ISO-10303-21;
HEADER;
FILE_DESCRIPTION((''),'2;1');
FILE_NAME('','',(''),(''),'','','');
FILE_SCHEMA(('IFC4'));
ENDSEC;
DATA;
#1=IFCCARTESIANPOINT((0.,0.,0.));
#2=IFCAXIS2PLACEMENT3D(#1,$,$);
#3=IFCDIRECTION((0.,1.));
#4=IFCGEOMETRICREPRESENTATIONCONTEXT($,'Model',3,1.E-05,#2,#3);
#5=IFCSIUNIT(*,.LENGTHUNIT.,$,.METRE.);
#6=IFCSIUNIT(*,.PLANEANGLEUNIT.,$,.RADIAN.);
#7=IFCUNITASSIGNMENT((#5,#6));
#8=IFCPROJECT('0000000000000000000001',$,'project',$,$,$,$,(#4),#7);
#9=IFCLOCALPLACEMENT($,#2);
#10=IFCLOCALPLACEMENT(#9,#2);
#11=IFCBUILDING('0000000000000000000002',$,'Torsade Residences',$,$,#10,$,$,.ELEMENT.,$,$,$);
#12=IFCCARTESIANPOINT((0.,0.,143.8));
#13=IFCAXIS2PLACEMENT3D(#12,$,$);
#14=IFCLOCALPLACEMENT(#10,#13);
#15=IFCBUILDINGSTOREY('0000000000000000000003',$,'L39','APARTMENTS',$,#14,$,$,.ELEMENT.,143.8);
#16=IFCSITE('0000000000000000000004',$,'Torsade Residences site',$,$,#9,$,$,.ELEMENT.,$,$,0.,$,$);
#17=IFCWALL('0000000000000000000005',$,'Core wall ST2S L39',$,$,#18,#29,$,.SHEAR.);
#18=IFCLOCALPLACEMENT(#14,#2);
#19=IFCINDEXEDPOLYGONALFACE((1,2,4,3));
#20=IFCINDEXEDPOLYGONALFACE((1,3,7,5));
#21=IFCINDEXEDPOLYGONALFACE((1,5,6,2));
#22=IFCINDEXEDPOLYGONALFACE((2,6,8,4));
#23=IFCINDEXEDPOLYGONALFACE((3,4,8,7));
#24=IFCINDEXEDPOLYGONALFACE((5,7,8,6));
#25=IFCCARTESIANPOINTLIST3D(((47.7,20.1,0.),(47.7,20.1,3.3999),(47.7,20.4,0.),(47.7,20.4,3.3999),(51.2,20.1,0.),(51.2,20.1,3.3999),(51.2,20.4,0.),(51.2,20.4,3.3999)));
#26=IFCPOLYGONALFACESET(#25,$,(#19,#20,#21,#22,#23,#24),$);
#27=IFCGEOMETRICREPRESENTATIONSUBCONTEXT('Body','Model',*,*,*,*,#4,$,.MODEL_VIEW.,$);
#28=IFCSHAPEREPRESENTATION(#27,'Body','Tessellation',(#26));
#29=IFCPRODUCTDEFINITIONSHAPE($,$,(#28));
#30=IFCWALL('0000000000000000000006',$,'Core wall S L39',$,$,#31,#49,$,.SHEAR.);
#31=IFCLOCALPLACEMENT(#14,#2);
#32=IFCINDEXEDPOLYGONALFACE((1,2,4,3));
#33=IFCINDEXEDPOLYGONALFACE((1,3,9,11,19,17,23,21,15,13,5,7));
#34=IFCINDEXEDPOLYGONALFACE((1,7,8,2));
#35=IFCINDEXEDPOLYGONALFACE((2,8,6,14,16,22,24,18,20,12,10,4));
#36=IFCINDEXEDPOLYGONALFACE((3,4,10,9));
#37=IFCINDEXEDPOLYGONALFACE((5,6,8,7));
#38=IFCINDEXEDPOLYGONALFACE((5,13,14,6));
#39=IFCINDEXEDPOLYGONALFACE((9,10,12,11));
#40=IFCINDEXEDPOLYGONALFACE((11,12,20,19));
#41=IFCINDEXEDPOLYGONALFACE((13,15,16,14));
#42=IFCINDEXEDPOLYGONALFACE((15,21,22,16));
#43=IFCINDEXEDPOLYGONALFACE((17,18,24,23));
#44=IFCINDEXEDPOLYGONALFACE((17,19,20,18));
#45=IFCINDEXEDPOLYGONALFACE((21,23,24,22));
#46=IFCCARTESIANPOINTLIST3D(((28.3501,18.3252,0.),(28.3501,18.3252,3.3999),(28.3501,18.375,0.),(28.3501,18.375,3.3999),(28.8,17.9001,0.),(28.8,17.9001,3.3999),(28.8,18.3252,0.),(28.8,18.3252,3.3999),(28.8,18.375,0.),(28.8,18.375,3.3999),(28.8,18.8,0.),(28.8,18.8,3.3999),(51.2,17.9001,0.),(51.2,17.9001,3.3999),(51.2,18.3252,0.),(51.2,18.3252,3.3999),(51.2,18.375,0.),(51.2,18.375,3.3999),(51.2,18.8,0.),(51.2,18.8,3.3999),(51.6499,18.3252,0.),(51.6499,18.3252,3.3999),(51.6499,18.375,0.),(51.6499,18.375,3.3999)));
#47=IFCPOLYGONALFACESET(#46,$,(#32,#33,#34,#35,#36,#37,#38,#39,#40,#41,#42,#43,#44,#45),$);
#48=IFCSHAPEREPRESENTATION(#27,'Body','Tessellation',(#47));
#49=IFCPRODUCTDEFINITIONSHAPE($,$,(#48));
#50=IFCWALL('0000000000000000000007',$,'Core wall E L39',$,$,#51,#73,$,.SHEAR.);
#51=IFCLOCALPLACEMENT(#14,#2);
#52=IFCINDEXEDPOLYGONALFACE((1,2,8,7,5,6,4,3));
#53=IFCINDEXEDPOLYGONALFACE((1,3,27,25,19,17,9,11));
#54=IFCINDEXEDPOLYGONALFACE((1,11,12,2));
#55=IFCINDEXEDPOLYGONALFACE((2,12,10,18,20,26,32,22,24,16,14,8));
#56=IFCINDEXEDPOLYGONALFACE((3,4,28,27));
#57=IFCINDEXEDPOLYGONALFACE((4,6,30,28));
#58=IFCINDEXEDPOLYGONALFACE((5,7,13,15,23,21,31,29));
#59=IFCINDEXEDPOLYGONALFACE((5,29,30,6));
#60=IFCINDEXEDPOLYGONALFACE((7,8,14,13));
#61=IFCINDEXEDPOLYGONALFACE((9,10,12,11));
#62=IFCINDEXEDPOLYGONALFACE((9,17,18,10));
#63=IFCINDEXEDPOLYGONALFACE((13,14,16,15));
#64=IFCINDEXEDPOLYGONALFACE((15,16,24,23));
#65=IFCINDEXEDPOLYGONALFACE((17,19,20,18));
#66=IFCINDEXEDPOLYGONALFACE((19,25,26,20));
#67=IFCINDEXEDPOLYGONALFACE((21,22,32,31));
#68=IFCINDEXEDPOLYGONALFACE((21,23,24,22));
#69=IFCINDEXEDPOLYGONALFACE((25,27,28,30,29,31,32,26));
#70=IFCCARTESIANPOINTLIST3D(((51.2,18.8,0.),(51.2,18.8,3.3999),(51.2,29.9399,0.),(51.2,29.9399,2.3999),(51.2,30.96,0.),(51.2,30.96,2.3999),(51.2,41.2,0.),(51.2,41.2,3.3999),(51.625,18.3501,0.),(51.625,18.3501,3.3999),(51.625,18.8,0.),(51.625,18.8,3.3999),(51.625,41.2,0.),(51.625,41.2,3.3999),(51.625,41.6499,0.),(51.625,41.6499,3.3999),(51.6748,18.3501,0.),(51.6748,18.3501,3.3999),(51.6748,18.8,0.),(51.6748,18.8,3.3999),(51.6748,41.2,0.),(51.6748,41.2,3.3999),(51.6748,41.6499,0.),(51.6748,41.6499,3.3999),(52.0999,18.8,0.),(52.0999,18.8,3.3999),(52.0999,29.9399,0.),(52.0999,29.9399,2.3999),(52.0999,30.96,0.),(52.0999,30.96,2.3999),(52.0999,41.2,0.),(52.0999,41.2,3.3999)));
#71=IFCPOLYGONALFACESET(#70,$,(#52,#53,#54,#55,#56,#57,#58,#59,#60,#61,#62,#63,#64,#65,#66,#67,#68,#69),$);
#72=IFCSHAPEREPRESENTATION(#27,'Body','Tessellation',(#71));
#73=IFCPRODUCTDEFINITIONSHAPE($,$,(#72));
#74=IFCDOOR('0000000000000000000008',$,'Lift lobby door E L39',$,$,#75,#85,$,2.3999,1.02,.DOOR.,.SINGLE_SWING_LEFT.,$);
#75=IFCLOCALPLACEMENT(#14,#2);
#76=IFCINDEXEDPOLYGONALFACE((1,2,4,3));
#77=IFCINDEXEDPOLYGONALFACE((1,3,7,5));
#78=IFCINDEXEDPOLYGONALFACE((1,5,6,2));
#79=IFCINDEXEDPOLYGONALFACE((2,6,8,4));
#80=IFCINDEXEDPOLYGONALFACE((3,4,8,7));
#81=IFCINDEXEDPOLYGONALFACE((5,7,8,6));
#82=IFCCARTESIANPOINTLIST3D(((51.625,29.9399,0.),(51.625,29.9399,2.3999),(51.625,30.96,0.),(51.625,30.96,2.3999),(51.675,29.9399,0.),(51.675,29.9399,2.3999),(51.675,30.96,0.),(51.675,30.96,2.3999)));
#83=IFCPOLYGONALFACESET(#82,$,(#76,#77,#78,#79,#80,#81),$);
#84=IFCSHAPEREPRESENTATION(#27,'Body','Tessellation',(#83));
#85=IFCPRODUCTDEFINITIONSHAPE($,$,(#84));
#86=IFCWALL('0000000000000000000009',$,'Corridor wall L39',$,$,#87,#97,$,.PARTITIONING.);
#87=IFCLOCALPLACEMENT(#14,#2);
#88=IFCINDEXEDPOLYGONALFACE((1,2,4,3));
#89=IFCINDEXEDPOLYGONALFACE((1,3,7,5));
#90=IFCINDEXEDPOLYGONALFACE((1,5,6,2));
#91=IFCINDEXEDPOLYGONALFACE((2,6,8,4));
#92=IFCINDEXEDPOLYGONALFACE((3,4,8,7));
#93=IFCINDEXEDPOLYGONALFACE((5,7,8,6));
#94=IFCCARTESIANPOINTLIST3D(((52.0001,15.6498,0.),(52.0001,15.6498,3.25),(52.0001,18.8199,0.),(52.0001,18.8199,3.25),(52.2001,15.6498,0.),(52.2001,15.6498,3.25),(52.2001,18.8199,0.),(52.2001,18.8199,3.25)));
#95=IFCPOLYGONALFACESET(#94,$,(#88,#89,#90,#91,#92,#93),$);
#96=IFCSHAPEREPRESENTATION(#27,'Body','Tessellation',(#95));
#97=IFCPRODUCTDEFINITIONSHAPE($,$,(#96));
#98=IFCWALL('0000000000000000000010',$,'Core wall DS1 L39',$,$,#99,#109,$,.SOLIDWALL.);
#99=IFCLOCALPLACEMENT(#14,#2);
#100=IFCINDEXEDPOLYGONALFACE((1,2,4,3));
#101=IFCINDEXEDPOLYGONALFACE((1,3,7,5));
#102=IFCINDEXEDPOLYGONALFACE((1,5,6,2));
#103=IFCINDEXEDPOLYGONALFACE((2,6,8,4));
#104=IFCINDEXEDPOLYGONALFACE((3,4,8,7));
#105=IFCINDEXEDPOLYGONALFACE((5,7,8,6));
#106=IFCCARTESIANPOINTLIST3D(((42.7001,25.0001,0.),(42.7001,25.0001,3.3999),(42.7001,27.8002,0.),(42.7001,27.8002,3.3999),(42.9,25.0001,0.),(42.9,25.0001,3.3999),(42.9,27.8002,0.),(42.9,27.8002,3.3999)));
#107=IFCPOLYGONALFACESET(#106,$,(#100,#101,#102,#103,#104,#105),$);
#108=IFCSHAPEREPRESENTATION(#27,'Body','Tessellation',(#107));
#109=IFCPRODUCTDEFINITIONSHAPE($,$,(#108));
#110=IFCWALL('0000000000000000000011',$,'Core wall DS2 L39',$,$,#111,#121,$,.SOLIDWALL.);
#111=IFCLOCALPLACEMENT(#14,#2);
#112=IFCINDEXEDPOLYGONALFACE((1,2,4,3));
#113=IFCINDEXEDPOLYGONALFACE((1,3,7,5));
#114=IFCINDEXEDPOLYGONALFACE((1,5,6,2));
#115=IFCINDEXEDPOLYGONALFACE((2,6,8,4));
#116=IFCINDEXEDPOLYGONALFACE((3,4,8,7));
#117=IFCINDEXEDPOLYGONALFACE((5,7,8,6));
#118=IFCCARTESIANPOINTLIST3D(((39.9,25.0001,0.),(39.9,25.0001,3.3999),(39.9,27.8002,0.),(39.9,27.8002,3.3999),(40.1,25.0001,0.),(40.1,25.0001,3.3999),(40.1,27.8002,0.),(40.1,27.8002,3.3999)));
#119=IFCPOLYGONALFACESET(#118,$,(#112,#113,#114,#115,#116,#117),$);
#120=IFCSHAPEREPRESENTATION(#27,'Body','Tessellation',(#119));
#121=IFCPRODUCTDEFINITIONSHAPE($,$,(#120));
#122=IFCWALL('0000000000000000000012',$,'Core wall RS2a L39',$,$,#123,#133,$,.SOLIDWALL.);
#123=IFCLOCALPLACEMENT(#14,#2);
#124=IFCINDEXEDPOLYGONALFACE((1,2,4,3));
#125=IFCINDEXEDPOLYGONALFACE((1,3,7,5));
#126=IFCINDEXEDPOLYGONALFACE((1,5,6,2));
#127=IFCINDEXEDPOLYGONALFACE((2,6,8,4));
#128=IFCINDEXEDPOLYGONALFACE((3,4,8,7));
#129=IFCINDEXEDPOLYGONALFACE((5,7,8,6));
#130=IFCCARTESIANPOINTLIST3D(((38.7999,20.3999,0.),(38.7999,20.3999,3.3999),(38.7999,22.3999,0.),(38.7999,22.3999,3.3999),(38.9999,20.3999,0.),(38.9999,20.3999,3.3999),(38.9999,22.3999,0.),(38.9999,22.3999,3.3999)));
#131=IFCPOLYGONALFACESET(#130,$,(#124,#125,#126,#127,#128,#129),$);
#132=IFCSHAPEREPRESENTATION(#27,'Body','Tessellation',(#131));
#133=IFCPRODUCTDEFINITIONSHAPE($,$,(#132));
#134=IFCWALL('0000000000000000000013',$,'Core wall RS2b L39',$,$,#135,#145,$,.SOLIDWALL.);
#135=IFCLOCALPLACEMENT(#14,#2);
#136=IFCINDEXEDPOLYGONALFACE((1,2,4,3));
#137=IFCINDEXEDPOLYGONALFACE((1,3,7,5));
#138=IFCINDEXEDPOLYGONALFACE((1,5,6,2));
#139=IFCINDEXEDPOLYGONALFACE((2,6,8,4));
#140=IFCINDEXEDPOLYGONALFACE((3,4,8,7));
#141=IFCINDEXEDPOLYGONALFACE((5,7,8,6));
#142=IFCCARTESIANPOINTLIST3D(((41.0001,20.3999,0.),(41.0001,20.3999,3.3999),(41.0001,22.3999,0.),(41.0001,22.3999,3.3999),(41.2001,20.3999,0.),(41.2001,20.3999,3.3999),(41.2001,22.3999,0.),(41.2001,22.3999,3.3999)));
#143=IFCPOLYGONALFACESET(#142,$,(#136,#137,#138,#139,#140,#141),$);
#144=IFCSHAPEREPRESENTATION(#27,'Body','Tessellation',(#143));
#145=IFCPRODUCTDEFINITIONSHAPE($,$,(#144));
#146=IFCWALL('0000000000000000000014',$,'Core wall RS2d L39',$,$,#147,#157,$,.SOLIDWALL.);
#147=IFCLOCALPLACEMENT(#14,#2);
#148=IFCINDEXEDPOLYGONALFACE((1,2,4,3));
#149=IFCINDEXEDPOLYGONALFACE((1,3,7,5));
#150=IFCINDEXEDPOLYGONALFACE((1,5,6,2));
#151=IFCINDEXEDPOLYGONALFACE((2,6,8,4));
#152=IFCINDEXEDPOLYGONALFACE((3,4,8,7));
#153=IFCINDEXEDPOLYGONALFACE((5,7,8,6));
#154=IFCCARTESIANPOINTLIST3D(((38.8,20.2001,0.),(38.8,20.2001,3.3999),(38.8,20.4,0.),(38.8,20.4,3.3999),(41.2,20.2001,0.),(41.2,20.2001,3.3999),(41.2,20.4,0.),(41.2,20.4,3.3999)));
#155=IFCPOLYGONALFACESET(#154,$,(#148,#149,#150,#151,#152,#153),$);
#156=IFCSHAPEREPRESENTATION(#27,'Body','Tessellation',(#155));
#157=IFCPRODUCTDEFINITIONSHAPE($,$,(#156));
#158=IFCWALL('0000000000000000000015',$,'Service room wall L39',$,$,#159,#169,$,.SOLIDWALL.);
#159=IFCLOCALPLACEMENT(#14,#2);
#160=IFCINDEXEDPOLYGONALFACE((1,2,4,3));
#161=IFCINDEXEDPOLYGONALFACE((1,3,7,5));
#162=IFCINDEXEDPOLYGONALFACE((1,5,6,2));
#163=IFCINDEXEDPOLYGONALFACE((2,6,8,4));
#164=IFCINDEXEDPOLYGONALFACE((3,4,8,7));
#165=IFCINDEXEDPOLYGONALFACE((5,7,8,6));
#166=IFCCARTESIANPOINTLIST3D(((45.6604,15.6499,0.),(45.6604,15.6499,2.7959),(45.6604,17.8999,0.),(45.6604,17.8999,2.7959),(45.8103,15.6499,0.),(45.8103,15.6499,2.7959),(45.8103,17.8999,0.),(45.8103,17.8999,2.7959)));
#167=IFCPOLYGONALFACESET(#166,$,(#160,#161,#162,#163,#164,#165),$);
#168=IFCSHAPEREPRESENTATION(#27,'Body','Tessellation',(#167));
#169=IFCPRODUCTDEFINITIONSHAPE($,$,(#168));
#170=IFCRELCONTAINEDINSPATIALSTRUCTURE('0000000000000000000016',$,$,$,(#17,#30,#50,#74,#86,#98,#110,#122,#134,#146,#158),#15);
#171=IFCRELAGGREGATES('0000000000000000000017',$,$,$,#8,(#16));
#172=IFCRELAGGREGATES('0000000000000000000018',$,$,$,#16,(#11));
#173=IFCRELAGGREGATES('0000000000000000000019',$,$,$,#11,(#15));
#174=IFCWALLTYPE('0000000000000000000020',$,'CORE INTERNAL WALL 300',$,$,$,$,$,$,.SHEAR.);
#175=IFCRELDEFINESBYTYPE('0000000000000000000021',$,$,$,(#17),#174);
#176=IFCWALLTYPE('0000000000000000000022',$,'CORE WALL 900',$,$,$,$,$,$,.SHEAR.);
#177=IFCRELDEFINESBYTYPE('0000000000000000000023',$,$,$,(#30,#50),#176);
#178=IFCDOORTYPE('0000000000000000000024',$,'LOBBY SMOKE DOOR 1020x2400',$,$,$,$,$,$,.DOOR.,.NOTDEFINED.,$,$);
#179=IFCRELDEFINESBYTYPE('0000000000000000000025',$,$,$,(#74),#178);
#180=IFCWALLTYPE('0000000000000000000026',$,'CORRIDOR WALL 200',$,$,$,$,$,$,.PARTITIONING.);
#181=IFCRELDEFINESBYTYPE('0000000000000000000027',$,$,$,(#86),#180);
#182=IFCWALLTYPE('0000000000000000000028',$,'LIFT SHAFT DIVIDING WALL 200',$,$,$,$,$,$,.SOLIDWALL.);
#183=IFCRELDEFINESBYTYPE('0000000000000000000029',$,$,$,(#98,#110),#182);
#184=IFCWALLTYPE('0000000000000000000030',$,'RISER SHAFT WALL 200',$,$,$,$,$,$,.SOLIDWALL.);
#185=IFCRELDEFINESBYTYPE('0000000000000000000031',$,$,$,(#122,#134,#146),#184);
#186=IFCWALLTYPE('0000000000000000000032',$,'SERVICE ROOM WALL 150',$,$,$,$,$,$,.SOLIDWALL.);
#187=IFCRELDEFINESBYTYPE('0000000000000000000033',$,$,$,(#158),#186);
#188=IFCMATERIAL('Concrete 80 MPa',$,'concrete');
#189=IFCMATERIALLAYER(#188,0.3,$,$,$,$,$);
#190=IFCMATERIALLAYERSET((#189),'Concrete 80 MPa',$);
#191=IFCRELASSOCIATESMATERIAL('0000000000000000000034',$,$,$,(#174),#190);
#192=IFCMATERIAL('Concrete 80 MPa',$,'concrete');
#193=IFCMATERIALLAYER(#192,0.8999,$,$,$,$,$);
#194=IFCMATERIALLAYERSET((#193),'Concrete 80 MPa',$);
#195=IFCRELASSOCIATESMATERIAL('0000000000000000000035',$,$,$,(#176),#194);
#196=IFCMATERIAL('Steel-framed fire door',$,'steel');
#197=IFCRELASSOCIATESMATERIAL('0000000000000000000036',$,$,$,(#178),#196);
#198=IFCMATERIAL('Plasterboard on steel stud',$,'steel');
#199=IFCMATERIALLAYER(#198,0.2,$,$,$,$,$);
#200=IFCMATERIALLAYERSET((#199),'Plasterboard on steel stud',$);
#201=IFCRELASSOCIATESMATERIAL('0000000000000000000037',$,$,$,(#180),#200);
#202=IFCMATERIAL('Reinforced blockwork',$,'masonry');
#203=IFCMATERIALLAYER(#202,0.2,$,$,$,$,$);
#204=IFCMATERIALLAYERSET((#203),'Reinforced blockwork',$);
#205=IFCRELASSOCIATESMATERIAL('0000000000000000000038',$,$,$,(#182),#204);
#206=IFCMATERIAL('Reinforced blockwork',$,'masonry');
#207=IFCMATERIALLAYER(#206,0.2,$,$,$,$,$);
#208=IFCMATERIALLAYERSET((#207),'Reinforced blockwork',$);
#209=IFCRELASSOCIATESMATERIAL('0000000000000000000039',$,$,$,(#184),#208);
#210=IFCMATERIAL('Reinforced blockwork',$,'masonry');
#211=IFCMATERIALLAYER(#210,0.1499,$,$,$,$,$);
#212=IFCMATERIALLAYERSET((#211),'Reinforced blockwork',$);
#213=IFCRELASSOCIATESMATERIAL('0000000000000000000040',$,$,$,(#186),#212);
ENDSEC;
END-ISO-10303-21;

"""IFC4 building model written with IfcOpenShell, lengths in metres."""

from ifc_helpers import new_model, si_unit, direction, frame, frame_2d, origin, place, context, subcontext, project, spatial, polyline, rectangle, outline, extrude, material, layer, layer_set, type_object, element, fill, save


model = new_model("IFC4")

# Units and contexts
model_context = context("Model", 3, precision=1e-05, world=origin(), true_north=direction((0.0, 1.0)))
body_context = subcontext(model_context, "Body", "Model", "MODEL_VIEW")
ifc_project = project(units=[si_unit("LENGTHUNIT", "METRE"), si_unit("PLANEANGLEUNIT", "RADIAN")], contexts=[model_context])

# Site, building, storey
site_placement = place(None, origin())
site = spatial("IfcSite", under=ifc_project, at=site_placement, Name="Torsade Residences site", CompositionType="ELEMENT", RefElevation=0.0)
building_placement = place(site_placement, origin())
building = spatial("IfcBuilding", under=site, at=building_placement, Name="Torsade Residences", CompositionType="ELEMENT")
storey_placement = place(building_placement, frame((0.0, 0.0, 143.8)))
storey = spatial("IfcBuildingStorey", under=building, at=storey_placement, Name="L39", Description="APARTMENTS", CompositionType="ELEMENT", Elevation=143.8)

# Shared definitions
ifc_material_1 = material(Name="Concrete 80 MPa", Category="concrete")
ifc_layer_1 = layer(ifc_material_1, 0.3)
ifc_layer_set_1 = layer_set([ifc_layer_1], Name="Concrete 80 MPa")
wall_type_1 = type_object("IfcWallType", Name="CORE INTERNAL WALL 300", PredefinedType="SHEAR", material=ifc_layer_set_1)

# Walls
wall_1_placement = place(storey_placement, frame((51.2, 20.25, 0.0), z_axis=(0.0, 0.0, 1.0), x_axis=(-1.0, 0.0, 0.0)))
element("IfcWall", 1, at=wall_1_placement, inside=storey, type_object=wall_type_1, Name="Core wall ST2S L39", PredefinedType="SHEAR", context=body_context, shape_type="SweptSolid", body=[
    extrude(rectangle(XDim=3.5, YDim=0.3, at=frame_2d((1.75, 0.0))), origin(), (0.0, 0.0, 1.0), 3.3999),
])
ifc_material_2 = material(Name="Concrete 80 MPa", Category="concrete")
ifc_layer_2 = layer(ifc_material_2, 0.8999)
ifc_layer_set_2 = layer_set([ifc_layer_2], Name="Concrete 80 MPa")
wall_type_2 = type_object("IfcWallType", Name="CORE WALL 900", PredefinedType="SHEAR", material=ifc_layer_set_2)
wall_2_placement = place(storey_placement, frame((51.2, 18.3501, 0.0), z_axis=(0.0, 0.0, 1.0), x_axis=(-1.0, 0.0, 0.0)))
element("IfcWall", 2, at=wall_2_placement, inside=storey, type_object=wall_type_2, Name="Core wall S L39", PredefinedType="SHEAR", context=body_context, shape_type="SweptSolid", body=[
    extrude(outline(polyline([(0.0, -0.45), (22.3999, -0.45), (22.3999, -0.0249), (22.8499, -0.0249), (22.8499, 0.0249), (22.3999, 0.0249), (22.3999, 0.45), (0.0, 0.45), (0.0, 0.0249), (-0.45, 0.0249), (-0.45, -0.0249), (0.0, -0.0249), (0.0, -0.45)])), origin(), (0.0, 0.0, 1.0), 3.3999),
])

# Wall, opening, door
wall_3_placement = place(storey_placement, frame((51.6499, 18.8, 0.0), z_axis=(0.0, 0.0, 1.0), x_axis=(0.0, 1.0, 0.0)))
wall_3 = element("IfcWall", 3, at=wall_3_placement, inside=storey, type_object=wall_type_2, Name="Core wall E L39", PredefinedType="SHEAR", context=body_context, shape_type="SweptSolid", body=[
    extrude(outline(polyline([(0.0, -0.45), (22.3999, -0.45), (22.3999, -0.0249), (22.8499, -0.0249), (22.8499, 0.0249), (22.3999, 0.0249), (22.3999, 0.45), (0.0, 0.45), (0.0, 0.0249), (-0.45, 0.0249), (-0.45, -0.0249), (0.0, -0.0249), (0.0, -0.45)])), origin(), (0.0, 0.0, 1.0), 3.3999),
])
opening_1_placement = place(wall_3_placement, frame((11.1399, 0.0, 0.0)))
opening_1 = element("IfcOpeningElement", 4, at=opening_1_placement, cuts=wall_3, PredefinedType="OPENING", context=body_context, shape_type="SweptSolid", body=[
    extrude(rectangle(XDim=1.02, YDim=2.3999, at=frame_2d((0.51, 1.2))), frame((0.0, 0.46, 0.0), z_axis=(0.0, -1.0, 0.0), x_axis=(1.0, 0.0, 0.0)), (0.0, 0.0, 1.0), 0.9199),
])
ifc_material_3 = material(Name="Steel-framed fire door", Category="steel")
door_type_1 = type_object("IfcDoorType", Name="LOBBY SMOKE DOOR 1020x2400", OperationType="NOTDEFINED", PredefinedType="DOOR", material=ifc_material_3)
door_1_placement = place(opening_1_placement, origin())
door_1 = element("IfcDoor", 5, at=door_1_placement, inside=storey, type_object=door_type_1, Name="Lift lobby door E L39", OperationType="SINGLE_SWING_LEFT", OverallHeight=2.3999, OverallWidth=1.02, PredefinedType="DOOR", context=body_context, shape_type="SweptSolid", body=[
    extrude(rectangle(XDim=1.02, YDim=2.3999, at=frame_2d((0.51, 1.2))), frame((0.0, 0.0249, 0.0), z_axis=(0.0, -1.0, 0.0), x_axis=(1.0, 0.0, 0.0)), (0.0, 0.0, 1.0), 0.05),
])
fill(opening_1, door_1)

# Walls
ifc_material_4 = material(Name="Plasterboard on steel stud", Category="steel")
ifc_layer_3 = layer(ifc_material_4, 0.2)
ifc_layer_set_3 = layer_set([ifc_layer_3], Name="Plasterboard on steel stud")
wall_type_3 = type_object("IfcWallType", Name="CORRIDOR WALL 200", PredefinedType="PARTITIONING", material=ifc_layer_set_3)
wall_4_placement = place(storey_placement, frame((52.1001, 15.6499, 0.0), z_axis=(0.0, 0.0, 1.0), x_axis=(0.0, 1.0, 0.0)))
element("IfcWall", 6, at=wall_4_placement, inside=storey, type_object=wall_type_3, Name="Corridor wall L39", PredefinedType="PARTITIONING", context=body_context, shape_type="SweptSolid", body=[
    extrude(rectangle(XDim=3.1702, YDim=0.2, at=frame_2d((1.585, 0.0))), origin(), (0.0, 0.0, 1.0), 3.25),
])
ifc_material_5 = material(Name="Reinforced blockwork", Category="masonry")
ifc_layer_4 = layer(ifc_material_5, 0.2)
ifc_layer_set_4 = layer_set([ifc_layer_4], Name="Reinforced blockwork")
wall_type_4 = type_object("IfcWallType", Name="LIFT SHAFT DIVIDING WALL 200", PredefinedType="SOLIDWALL", material=ifc_layer_set_4)
for number, where, z_axis, x_axis, name in (
    (7, (42.8, 27.8, 0.0), (0.0, 0.0, 1.0), (0.0, -1.0, 0.0), "Core wall DS1 L39"),
    (8, (40.0, 27.8, 0.0), (0.0, 0.0, 1.0), (0.0, -1.0, 0.0), "Core wall DS2 L39"),
):
    element("IfcWall", number, at=place(storey_placement, frame(where, z_axis=z_axis, x_axis=x_axis)), inside=storey, type_object=wall_type_4, Name=name, PredefinedType="SOLIDWALL", context=body_context, shape_type="SweptSolid", body=[
        extrude(rectangle(XDim=2.8, YDim=0.2, at=frame_2d((1.3999, 0.0))), origin(), (0.0, 0.0, 1.0), 3.3999),
    ])
ifc_material_6 = material(Name="Reinforced blockwork", Category="masonry")
ifc_layer_5 = layer(ifc_material_6, 0.2)
ifc_layer_set_5 = layer_set([ifc_layer_5], Name="Reinforced blockwork")
wall_type_5 = type_object("IfcWallType", Name="RISER SHAFT WALL 200", PredefinedType="SOLIDWALL", material=ifc_layer_set_5)
for number, where, z_axis, x_axis, name in (
    (9, (38.8999, 22.3999, 0.0), (0.0, 0.0, 1.0), (0.0, -1.0, 0.0), "Core wall RS2a L39"),
    (10, (41.1001, 22.3999, 0.0), (0.0, 0.0, 1.0), (0.0, -1.0, 0.0), "Core wall RS2b L39"),
):
    element("IfcWall", number, at=place(storey_placement, frame(where, z_axis=z_axis, x_axis=x_axis)), inside=storey, type_object=wall_type_5, Name=name, PredefinedType="SOLIDWALL", context=body_context, shape_type="SweptSolid", body=[
        extrude(rectangle(XDim=2.0, YDim=0.2, at=frame_2d((1.0, 0.0))), origin(), (0.0, 0.0, 1.0), 3.3999),
    ])
wall_5_placement = place(storey_placement, frame((38.8, 20.3, 0.0), z_axis=(0.0, 0.0, 1.0), x_axis=(1.0, 0.0, 0.0)))
element("IfcWall", 11, at=wall_5_placement, inside=storey, type_object=wall_type_5, Name="Core wall RS2d L39", PredefinedType="SOLIDWALL", context=body_context, shape_type="SweptSolid", body=[
    extrude(rectangle(XDim=2.3999, YDim=0.2, at=frame_2d((1.2, 0.0))), origin(), (0.0, 0.0, 1.0), 3.3999),
])
ifc_material_7 = material(Name="Reinforced blockwork", Category="masonry")
ifc_layer_6 = layer(ifc_material_7, 0.1499)
ifc_layer_set_6 = layer_set([ifc_layer_6], Name="Reinforced blockwork")
wall_type_6 = type_object("IfcWallType", Name="SERVICE ROOM WALL 150", PredefinedType="SOLIDWALL", material=ifc_layer_set_6)
wall_6_placement = place(storey_placement, frame((45.7354, 15.6499, 0.0), z_axis=(0.0, 0.0, 1.0), x_axis=(0.0, 1.0, 0.0)))
element("IfcWall", 12, at=wall_6_placement, inside=storey, type_object=wall_type_6, Name="Service room wall L39", PredefinedType="SOLIDWALL", context=body_context, shape_type="SweptSolid", body=[
    extrude(rectangle(XDim=2.25, YDim=0.1499, at=frame_2d((1.125, 0.0))), origin(), (0.0, 0.0, 1.0), 2.7959),
])

save(model, "model.ifc")
